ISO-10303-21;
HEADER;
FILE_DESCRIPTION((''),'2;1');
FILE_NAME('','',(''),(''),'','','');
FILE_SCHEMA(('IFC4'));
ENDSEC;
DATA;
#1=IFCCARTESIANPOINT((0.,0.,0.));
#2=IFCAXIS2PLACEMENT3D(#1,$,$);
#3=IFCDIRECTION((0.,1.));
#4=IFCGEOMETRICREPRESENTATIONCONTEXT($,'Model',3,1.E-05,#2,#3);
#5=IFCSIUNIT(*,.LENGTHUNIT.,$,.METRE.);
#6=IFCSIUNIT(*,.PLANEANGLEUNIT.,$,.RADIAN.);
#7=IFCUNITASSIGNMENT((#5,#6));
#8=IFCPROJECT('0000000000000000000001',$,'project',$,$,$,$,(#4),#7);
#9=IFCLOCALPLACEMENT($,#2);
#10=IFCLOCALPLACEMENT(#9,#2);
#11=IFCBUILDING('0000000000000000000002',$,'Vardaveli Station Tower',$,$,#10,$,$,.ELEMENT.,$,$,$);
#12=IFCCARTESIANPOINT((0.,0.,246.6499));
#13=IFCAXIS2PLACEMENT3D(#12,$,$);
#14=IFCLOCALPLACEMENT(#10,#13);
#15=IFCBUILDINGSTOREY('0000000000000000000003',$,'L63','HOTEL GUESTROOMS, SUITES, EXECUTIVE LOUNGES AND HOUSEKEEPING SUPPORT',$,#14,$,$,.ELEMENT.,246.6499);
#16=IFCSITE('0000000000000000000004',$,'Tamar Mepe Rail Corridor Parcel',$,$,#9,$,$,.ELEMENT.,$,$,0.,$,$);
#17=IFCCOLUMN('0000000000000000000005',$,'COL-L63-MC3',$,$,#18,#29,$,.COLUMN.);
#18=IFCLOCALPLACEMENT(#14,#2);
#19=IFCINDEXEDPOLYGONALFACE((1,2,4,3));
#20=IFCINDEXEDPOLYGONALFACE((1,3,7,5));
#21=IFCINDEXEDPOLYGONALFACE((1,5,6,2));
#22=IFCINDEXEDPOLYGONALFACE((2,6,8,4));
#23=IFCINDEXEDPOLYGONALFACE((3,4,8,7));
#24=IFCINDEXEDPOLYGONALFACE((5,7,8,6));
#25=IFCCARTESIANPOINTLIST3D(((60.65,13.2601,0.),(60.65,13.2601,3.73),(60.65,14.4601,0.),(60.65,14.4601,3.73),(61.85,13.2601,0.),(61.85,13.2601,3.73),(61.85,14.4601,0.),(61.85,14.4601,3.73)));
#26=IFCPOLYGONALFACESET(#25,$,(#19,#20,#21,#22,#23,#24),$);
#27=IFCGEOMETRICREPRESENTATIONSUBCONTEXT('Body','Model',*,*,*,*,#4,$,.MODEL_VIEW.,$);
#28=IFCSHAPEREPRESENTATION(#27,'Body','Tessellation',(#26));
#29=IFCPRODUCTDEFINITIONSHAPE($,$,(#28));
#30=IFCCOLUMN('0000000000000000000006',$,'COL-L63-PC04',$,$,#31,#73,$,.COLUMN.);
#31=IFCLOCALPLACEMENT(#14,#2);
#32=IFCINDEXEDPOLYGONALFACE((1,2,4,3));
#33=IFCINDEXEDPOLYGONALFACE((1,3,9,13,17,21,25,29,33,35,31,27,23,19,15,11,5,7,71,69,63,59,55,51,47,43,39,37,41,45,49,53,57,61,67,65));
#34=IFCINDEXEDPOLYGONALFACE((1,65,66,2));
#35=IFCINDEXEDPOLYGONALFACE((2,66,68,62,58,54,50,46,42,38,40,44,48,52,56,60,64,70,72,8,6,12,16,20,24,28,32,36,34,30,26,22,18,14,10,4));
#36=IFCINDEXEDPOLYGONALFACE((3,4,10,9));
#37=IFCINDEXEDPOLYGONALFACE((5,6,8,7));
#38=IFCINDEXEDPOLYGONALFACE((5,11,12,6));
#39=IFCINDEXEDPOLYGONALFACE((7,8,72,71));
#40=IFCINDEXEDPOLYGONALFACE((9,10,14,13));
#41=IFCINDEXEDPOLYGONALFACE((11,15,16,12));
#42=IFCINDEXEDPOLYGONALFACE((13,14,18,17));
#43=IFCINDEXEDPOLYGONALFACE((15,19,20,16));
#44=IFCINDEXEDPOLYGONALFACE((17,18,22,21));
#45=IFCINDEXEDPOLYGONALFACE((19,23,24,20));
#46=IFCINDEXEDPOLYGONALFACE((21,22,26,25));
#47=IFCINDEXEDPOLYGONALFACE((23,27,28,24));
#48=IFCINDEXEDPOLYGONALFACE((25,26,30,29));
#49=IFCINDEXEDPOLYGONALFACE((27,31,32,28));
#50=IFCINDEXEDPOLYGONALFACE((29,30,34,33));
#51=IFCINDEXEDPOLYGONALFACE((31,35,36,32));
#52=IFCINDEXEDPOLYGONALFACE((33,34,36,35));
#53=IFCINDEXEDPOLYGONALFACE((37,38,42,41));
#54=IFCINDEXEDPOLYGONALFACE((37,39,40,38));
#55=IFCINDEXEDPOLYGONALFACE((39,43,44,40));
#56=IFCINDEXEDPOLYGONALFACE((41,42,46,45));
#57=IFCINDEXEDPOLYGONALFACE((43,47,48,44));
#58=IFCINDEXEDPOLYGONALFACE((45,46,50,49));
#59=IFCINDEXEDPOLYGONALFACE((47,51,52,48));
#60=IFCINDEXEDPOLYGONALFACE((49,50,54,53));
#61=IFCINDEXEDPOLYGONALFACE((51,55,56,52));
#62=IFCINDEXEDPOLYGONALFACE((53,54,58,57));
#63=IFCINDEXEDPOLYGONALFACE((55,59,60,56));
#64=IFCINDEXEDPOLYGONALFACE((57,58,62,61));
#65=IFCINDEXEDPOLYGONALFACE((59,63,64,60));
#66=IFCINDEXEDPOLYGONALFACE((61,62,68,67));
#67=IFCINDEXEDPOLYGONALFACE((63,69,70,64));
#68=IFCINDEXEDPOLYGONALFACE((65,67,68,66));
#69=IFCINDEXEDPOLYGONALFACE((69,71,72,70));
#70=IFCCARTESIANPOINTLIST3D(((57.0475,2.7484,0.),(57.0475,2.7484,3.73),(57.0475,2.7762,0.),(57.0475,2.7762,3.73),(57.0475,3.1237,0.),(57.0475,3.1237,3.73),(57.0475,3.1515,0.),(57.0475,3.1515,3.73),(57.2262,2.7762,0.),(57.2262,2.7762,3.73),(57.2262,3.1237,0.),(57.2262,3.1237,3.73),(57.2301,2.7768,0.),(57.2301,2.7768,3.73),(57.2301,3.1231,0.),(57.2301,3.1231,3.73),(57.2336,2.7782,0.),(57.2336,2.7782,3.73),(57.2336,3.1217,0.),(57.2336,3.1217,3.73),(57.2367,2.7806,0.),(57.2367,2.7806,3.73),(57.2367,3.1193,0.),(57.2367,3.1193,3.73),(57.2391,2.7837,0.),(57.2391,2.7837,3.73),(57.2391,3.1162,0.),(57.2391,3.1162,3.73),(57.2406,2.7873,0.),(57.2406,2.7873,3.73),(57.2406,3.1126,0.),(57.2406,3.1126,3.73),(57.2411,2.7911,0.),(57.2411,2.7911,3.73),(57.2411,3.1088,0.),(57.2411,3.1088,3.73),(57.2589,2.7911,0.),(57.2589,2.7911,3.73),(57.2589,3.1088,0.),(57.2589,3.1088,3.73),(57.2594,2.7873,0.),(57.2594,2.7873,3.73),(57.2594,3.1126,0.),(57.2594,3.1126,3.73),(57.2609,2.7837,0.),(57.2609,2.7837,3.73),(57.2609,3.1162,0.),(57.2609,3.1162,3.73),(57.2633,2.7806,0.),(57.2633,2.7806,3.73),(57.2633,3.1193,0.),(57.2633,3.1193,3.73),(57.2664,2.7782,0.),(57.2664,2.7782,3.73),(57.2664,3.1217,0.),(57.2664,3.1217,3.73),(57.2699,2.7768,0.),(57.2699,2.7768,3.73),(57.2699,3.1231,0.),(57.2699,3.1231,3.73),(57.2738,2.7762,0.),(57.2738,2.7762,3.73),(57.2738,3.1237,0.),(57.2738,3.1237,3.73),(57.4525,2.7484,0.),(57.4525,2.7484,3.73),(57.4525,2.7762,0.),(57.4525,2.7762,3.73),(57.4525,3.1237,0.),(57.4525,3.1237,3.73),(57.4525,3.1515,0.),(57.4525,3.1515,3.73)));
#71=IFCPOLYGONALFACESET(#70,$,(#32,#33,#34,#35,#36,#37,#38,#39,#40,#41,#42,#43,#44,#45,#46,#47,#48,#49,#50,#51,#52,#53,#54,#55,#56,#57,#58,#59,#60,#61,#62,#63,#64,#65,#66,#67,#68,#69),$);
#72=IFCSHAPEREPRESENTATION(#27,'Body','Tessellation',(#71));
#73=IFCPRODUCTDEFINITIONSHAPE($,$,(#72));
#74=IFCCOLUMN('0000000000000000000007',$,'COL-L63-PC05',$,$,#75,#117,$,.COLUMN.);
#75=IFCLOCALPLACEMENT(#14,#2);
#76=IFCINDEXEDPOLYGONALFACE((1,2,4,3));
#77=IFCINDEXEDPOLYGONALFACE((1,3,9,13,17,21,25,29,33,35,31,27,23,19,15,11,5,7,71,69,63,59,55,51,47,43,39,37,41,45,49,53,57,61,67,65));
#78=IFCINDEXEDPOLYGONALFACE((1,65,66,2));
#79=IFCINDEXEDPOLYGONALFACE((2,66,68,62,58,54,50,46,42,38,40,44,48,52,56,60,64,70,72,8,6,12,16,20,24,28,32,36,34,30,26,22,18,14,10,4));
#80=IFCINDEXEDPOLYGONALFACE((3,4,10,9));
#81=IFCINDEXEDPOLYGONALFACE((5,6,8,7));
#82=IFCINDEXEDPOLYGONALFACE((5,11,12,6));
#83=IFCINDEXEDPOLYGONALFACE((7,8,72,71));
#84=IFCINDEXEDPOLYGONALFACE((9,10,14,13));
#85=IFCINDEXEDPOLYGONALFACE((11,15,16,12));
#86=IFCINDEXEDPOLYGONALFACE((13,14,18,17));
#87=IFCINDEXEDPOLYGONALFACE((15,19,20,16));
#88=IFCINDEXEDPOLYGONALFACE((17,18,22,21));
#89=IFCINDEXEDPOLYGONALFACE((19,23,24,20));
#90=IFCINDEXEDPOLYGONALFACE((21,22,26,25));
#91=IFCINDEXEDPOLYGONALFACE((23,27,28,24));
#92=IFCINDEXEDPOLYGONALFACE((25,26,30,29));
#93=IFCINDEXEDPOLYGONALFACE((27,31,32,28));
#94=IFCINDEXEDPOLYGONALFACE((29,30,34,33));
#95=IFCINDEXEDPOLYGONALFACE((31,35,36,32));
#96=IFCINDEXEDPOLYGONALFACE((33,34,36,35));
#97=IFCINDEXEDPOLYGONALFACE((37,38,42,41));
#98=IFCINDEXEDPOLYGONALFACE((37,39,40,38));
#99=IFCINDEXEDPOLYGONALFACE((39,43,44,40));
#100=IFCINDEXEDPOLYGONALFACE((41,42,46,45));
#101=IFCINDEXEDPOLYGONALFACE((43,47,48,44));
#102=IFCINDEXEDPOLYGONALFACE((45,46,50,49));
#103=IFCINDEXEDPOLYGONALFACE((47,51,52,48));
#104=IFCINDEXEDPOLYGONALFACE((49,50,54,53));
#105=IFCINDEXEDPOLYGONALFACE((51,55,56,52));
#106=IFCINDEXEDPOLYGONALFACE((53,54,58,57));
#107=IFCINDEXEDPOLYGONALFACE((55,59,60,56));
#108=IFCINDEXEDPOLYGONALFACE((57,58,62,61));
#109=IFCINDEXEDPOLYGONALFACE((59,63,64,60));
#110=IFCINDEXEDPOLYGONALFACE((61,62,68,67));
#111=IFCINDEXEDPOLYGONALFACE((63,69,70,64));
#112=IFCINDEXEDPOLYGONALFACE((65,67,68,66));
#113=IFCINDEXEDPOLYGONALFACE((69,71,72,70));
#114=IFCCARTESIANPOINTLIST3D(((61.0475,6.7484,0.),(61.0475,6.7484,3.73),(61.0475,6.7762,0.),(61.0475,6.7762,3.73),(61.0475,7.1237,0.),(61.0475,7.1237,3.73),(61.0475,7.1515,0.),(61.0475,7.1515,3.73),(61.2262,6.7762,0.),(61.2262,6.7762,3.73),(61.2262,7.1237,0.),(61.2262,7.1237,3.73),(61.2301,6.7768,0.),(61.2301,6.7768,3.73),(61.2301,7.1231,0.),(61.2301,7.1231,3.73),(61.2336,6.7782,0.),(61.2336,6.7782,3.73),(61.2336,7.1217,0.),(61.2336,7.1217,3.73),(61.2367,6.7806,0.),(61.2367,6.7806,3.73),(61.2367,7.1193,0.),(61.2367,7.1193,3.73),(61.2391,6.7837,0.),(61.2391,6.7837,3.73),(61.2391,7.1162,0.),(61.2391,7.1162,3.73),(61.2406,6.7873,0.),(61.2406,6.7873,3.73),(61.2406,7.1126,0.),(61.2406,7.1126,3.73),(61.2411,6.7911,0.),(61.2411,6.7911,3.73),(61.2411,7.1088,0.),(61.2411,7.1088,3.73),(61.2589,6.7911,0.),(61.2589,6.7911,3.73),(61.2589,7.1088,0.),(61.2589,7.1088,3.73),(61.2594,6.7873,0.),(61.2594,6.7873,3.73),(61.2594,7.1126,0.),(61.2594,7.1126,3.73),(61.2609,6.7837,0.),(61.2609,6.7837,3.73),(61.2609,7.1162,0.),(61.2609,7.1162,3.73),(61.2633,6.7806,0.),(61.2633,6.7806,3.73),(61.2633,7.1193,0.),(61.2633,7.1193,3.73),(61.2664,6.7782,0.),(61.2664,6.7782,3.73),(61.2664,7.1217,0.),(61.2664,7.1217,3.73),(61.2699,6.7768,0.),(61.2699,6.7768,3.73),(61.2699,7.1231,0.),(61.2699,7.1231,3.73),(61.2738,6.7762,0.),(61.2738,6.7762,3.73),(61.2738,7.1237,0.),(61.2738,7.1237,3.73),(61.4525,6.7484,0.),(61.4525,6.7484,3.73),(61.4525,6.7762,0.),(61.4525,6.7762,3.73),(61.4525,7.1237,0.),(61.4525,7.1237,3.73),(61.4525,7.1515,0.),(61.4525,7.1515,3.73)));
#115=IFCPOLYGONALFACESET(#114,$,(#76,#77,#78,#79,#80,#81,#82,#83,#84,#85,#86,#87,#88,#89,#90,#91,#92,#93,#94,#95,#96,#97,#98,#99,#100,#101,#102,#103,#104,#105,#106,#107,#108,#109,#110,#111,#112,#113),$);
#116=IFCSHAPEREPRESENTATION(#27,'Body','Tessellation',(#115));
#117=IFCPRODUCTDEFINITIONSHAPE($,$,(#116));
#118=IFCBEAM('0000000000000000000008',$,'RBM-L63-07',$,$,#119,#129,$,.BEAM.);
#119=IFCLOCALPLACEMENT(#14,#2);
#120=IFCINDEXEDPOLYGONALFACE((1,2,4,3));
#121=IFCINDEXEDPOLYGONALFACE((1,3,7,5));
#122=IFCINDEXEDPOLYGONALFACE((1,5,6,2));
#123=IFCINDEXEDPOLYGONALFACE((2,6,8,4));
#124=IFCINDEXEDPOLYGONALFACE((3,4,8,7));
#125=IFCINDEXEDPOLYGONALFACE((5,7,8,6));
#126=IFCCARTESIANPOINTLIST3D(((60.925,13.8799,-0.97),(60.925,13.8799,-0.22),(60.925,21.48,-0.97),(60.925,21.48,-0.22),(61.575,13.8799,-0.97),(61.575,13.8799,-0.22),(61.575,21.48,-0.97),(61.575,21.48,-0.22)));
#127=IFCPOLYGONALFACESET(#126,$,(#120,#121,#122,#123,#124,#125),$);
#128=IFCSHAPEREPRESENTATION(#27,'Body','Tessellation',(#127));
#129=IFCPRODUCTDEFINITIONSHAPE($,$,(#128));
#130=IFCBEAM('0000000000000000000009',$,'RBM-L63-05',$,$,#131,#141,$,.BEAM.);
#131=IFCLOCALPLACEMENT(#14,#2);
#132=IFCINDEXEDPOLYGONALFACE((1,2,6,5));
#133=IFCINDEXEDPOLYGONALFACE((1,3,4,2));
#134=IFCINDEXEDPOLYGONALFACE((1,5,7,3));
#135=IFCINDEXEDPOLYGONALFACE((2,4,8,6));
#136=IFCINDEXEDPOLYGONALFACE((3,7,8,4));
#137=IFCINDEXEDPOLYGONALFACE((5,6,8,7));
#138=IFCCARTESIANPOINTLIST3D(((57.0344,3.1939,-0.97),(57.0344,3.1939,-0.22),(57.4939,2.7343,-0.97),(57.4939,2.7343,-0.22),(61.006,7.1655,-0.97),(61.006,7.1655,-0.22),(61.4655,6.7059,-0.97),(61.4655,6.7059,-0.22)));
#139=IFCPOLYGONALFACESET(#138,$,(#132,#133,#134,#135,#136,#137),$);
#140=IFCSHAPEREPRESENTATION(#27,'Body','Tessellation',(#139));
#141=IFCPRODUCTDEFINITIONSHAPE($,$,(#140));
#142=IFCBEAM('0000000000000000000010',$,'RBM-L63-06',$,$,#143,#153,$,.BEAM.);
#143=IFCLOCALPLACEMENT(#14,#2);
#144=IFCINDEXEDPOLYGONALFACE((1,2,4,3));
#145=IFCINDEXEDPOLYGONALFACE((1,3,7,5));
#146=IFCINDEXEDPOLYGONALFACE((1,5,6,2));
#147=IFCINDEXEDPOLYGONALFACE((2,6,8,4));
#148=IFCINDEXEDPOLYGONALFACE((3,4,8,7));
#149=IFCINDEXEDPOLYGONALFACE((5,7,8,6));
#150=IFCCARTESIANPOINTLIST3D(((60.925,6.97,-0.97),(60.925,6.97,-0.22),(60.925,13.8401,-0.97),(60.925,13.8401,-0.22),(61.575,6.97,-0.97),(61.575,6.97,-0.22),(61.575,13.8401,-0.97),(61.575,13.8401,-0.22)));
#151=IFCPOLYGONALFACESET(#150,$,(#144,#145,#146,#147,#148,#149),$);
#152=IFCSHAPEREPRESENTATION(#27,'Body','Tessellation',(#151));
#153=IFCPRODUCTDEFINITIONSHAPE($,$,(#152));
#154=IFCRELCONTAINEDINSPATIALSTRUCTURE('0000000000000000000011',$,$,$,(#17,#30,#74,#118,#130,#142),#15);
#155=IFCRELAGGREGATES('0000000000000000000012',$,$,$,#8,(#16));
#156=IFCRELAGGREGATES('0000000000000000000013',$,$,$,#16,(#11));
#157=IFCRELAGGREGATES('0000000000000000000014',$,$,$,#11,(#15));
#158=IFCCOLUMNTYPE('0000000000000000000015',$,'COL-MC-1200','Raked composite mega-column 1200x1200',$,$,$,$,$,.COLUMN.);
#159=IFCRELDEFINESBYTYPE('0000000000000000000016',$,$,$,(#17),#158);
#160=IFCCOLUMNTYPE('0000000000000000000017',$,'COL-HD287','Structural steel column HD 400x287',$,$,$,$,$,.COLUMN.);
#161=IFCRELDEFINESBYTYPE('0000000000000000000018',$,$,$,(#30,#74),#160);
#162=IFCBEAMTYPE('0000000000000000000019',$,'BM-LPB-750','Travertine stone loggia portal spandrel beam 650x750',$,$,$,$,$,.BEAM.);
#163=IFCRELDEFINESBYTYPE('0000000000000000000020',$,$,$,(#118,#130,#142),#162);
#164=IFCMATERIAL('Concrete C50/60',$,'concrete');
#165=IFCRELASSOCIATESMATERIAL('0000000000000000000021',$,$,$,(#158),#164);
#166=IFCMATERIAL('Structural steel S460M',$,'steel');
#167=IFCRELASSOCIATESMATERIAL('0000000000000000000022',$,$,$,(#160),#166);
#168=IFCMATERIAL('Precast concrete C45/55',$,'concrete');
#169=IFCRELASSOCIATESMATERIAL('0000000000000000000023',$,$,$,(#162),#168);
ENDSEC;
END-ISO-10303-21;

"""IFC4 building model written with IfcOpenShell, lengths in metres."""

from ifc_helpers import new_model, si_unit, direction, frame, origin, origin_2d, place, context, subcontext, project, spatial, rectangle, i_section, extrude, source, transform, mapped, material, material_profile, profile_set, type_object, element, save


model = new_model("IFC4")

# Units and contexts
model_context = context("Model", 3, precision=1e-05, world=origin(), true_north=direction((0.0, 1.0)))
body_context = subcontext(model_context, "Body", "Model", "MODEL_VIEW")
ifc_project = project(units=[si_unit("LENGTHUNIT", "METRE"), si_unit("PLANEANGLEUNIT", "RADIAN")], contexts=[model_context])

# Site, building, storey
site_placement = place(None, origin())
site = spatial("IfcSite", under=ifc_project, at=site_placement, Name="Tamar Mepe Rail Corridor Parcel", CompositionType="ELEMENT", RefElevation=0.0)
building_placement = place(site_placement, origin())
building = spatial("IfcBuilding", under=site, at=building_placement, Name="Vardaveli Station Tower", CompositionType="ELEMENT")
storey_placement = place(building_placement, frame((0.0, 0.0, 246.6499)))
storey = spatial("IfcBuildingStorey", under=building, at=storey_placement, Name="L63", Description="HOTEL GUESTROOMS, SUITES, EXECUTIVE LOUNGES AND HOUSEKEEPING SUPPORT", CompositionType="ELEMENT", Elevation=246.6499)

# Columns
ifc_material_1 = material(Name="Concrete C50/60", Category="concrete")
ifc_material_profile_1 = material_profile(ifc_material_1, rectangle(XDim=1.2, YDim=1.2, at=origin_2d()), Name="MC 1200x1200")
ifc_profile_set_1 = profile_set([ifc_material_profile_1], Name="Concrete C50/60")
column_type_1 = type_object("IfcColumnType", Name="COL-MC-1200", Description="Raked composite mega-column 1200x1200", PredefinedType="COLUMN", material=ifc_profile_set_1)
shared_shape_1 = source(origin(), body_context, "Body", "SweptSolid", [
    extrude(rectangle(XDim=1.2, YDim=1.2, at=origin_2d()), origin(), (0.0, 0.0, 1.0), 3.73),
])
column_placement = place(storey_placement, frame((61.25, 13.8601, 0.0), z_axis=(0.0, 0.0, 1.0), x_axis=(1.0, 0.0, 0.0)))
element("IfcColumn", 1, at=column_placement, inside=storey, type_object=column_type_1, Name="COL-L63-MC3", PredefinedType="COLUMN", context=body_context, shape_type="MappedRepresentation", body=[
    mapped(shared_shape_1, transform((0.0, 0.0, 0.0), scale=1.0)),
])
ifc_material_2 = material(Name="Structural steel S460M", Category="steel")
ifc_material_profile_2 = material_profile(ifc_material_2, i_section(OverallWidth=0.405, OverallDepth=0.4031, WebThickness=0.0178, FlangeThickness=0.0278, FilletRadius=0.0149, at=origin_2d()), Name="HD 400x287")
ifc_profile_set_2 = profile_set([ifc_material_profile_2], Name="Structural steel S460M")
column_type_2 = type_object("IfcColumnType", Name="COL-HD287", Description="Structural steel column HD 400x287", PredefinedType="COLUMN", material=ifc_profile_set_2)
shared_shape_2 = source(origin(), body_context, "Body", "SweptSolid", [
    extrude(i_section(OverallWidth=0.405, OverallDepth=0.4031, WebThickness=0.0178, FlangeThickness=0.0278, FilletRadius=0.0149, at=origin_2d()), origin(), (0.0, 0.0, 1.0), 3.73),
])
for number, where, z_axis, x_axis, name in (
    (2, (57.25, 2.95, 0.0), (0.0, 0.0, 1.0), (1.0, 0.0, 0.0), "COL-L63-PC04"),
    (3, (61.25, 6.95, 0.0), (0.0, 0.0, 1.0), (1.0, 0.0, 0.0), "COL-L63-PC05"),
):
    element("IfcColumn", number, at=place(storey_placement, frame(where, z_axis=z_axis, x_axis=x_axis)), inside=storey, type_object=column_type_2, Name=name, PredefinedType="COLUMN", context=body_context, shape_type="MappedRepresentation", body=[
        mapped(shared_shape_2, transform((0.0, 0.0, 0.0), scale=1.0)),
    ])

# Beams
ifc_material_3 = material(Name="Precast concrete C45/55", Category="concrete")
ifc_material_profile_3 = material_profile(ifc_material_3, rectangle(XDim=0.6499, YDim=0.75, at=origin_2d()), Name="LPB 650x750")
ifc_profile_set_3 = profile_set([ifc_material_profile_3], Name="Precast concrete C45/55")
beam_type_1 = type_object("IfcBeamType", Name="BM-LPB-750", Description="Travertine stone loggia portal spandrel beam 650x750", PredefinedType="BEAM", material=ifc_profile_set_3)
shared_shape_3 = source(origin(), body_context, "Body", "SweptSolid", [
    extrude(rectangle(XDim=0.6499, YDim=0.75, at=origin_2d()), origin(), (0.0, 0.0, 1.0), 7.6001),
])
beam_1_placement = place(storey_placement, frame((61.25, 13.8799, -0.595), z_axis=(0.0, 1.0, 0.0), x_axis=(-1.0, 0.0, 0.0)))
element("IfcBeam", 4, at=beam_1_placement, inside=storey, type_object=beam_type_1, Name="RBM-L63-07", PredefinedType="BEAM", context=body_context, shape_type="MappedRepresentation", body=[
    mapped(shared_shape_3, transform((0.0, 0.0, 0.0), scale=1.0)),
])
shared_shape_4 = source(origin(), body_context, "Body", "SweptSolid", [
    extrude(rectangle(XDim=0.6499, YDim=0.75, at=origin_2d()), origin(), (0.0, 0.0, 1.0), 5.6167),
])
beam_2_placement = place(storey_placement, frame((57.2642, 2.9641, -0.595), z_axis=(0.707107, 0.707107, 0.0), x_axis=(-0.707107, 0.707107, 0.0)))
element("IfcBeam", 5, at=beam_2_placement, inside=storey, type_object=beam_type_1, Name="RBM-L63-05", PredefinedType="BEAM", context=body_context, shape_type="MappedRepresentation", body=[
    mapped(shared_shape_4, transform((0.0, 0.0, 0.0), scale=1.0)),
])
shared_shape_5 = source(origin(), body_context, "Body", "SweptSolid", [
    extrude(rectangle(XDim=0.6499, YDim=0.75, at=origin_2d()), origin(), (0.0, 0.0, 1.0), 6.8701),
])
beam_3_placement = place(storey_placement, frame((61.25, 6.97, -0.595), z_axis=(0.0, 1.0, 0.0), x_axis=(-1.0, 0.0, 0.0)))
element("IfcBeam", 6, at=beam_3_placement, inside=storey, type_object=beam_type_1, Name="RBM-L63-06", PredefinedType="BEAM", context=body_context, shape_type="MappedRepresentation", body=[
    mapped(shared_shape_5, transform((0.0, 0.0, 0.0), scale=1.0)),
])

save(model, "model.ifc")
